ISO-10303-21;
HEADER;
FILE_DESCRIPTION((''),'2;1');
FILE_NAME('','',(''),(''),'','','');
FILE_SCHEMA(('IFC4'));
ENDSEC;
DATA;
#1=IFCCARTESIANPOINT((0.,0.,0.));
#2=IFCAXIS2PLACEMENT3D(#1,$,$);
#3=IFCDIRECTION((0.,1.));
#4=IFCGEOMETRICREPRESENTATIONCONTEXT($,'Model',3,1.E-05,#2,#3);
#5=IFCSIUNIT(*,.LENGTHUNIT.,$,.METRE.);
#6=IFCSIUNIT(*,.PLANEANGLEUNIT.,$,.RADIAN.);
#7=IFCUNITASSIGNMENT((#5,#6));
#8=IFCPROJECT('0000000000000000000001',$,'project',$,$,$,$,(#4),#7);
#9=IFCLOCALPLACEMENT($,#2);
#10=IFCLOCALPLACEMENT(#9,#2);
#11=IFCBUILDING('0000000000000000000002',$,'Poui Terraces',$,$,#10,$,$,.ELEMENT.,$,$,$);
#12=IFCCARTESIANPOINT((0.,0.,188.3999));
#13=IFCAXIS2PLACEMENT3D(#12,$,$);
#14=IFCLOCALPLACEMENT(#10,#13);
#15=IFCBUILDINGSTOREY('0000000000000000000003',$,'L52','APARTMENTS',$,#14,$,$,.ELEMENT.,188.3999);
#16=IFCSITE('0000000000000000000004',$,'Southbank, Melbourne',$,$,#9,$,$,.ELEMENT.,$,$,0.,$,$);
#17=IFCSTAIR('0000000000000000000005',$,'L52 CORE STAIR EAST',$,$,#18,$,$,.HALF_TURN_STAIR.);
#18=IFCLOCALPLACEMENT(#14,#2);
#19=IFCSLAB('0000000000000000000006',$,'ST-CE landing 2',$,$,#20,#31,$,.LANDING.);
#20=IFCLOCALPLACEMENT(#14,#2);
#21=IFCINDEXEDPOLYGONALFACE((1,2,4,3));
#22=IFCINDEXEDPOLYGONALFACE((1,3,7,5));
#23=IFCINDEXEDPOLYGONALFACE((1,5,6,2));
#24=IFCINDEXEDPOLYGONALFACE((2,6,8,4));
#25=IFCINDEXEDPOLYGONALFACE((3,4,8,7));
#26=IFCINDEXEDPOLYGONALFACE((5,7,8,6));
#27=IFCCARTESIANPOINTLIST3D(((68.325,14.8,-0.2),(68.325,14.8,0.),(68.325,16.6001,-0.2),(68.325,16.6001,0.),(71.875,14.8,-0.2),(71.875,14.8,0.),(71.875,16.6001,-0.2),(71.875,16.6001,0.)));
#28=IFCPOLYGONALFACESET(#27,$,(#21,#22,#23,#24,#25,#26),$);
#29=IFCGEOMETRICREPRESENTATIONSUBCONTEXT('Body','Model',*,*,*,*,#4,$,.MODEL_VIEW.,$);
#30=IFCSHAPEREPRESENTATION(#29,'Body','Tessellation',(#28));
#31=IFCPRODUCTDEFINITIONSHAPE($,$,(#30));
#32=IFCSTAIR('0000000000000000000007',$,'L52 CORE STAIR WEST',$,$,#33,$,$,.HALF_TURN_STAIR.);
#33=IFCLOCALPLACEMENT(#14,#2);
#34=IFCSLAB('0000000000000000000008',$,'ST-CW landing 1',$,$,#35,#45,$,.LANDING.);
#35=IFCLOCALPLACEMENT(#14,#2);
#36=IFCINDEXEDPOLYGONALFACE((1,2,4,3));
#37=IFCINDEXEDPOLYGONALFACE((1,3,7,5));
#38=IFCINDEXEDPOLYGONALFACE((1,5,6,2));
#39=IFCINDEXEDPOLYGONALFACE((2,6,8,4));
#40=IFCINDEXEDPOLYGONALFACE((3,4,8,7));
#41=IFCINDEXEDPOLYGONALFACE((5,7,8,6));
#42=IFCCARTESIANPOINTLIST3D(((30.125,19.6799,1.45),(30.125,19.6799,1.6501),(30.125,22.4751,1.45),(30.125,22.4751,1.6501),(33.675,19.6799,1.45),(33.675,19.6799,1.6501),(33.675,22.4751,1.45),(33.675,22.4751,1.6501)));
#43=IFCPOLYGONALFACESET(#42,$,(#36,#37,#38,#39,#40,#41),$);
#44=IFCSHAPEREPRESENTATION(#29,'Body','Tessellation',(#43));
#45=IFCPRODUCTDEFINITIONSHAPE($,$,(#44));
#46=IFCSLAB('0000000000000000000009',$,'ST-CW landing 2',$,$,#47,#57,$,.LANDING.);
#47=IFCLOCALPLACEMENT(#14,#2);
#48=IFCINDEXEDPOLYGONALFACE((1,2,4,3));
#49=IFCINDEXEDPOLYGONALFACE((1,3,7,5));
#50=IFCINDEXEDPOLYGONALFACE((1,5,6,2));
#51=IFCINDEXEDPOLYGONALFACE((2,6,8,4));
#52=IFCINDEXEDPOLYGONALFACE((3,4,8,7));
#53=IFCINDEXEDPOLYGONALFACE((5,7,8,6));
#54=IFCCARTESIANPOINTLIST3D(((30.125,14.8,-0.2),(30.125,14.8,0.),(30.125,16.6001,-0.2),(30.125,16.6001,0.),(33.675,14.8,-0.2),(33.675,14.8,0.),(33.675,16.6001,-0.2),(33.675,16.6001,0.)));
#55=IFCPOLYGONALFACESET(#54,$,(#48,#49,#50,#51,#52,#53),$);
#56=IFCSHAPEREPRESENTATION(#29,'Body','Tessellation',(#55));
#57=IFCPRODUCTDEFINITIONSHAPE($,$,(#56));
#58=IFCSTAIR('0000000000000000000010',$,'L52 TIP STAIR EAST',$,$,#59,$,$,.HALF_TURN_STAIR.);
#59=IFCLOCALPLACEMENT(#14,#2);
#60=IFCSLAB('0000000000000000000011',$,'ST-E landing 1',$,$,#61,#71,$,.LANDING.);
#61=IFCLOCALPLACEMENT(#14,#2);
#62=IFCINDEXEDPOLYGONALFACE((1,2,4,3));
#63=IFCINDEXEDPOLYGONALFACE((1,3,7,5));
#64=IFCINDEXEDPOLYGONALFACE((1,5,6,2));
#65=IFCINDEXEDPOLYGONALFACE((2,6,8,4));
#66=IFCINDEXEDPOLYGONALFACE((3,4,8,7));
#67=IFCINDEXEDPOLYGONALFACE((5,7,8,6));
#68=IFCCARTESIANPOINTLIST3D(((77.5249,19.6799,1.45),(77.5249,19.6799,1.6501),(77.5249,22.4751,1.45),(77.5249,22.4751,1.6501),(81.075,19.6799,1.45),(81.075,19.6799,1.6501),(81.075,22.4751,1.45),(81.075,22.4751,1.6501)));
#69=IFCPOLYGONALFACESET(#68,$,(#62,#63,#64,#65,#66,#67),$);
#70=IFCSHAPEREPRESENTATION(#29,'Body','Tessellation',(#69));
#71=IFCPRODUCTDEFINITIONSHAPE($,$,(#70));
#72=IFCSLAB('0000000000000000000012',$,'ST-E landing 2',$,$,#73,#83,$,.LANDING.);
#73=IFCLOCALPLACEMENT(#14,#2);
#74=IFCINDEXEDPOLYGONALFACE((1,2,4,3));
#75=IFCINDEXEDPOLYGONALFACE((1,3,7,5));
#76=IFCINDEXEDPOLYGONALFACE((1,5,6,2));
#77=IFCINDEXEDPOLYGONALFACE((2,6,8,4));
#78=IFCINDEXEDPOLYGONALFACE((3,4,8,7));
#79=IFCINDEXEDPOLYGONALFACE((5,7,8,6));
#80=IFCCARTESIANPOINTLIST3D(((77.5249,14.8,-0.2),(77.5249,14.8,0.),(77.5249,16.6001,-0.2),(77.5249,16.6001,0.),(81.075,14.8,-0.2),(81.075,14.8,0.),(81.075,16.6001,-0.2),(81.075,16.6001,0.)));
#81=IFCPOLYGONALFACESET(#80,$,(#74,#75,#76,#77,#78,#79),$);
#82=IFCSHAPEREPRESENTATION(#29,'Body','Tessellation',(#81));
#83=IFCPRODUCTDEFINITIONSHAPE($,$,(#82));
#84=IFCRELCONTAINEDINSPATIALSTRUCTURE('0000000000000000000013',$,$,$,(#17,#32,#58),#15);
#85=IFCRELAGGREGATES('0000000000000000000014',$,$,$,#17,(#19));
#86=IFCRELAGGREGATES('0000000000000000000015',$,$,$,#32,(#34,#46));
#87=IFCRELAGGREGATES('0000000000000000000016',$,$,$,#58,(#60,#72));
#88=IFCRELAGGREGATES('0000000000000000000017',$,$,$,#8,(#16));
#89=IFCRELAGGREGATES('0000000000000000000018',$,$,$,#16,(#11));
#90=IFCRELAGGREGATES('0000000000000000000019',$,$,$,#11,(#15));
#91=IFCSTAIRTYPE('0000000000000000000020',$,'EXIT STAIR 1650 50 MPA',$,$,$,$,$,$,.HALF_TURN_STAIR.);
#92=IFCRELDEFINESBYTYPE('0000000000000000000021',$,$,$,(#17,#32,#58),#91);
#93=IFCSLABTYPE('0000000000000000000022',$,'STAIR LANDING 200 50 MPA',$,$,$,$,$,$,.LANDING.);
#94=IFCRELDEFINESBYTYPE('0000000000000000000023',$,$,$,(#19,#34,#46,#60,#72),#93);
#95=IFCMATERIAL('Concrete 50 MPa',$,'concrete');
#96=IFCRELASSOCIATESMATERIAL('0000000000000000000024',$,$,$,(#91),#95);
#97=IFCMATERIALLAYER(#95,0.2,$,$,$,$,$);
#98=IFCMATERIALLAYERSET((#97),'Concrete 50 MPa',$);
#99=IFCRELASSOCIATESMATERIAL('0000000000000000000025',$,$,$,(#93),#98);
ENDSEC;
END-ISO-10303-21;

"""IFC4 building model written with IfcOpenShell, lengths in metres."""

from ifc_helpers import new_model, si_unit, direction, frame, origin, place, context, subcontext, project, spatial, polyline, outline, extrude, material, layer, layer_set, type_object, element, aggregate, save


model = new_model("IFC4")

# Units and contexts
model_context = context("Model", 3, precision=1e-05, world=origin(), true_north=direction((0.0, 1.0)))
body_context = subcontext(model_context, "Body", "Model", "MODEL_VIEW")
ifc_project = project(units=[si_unit("LENGTHUNIT", "METRE"), si_unit("PLANEANGLEUNIT", "RADIAN")], contexts=[model_context])

# Site, building, storey
site_placement = place(None, origin())
site = spatial("IfcSite", under=ifc_project, at=site_placement, Name="Southbank, Melbourne", CompositionType="ELEMENT", RefElevation=0.0)
building_placement = place(site_placement, origin())
building = spatial("IfcBuilding", under=site, at=building_placement, Name="Poui Terraces", CompositionType="ELEMENT")
storey_placement = place(building_placement, frame((0.0, 0.0, 188.3999)))
storey = spatial("IfcBuildingStorey", under=building, at=storey_placement, Name="L52", Description="APARTMENTS", CompositionType="ELEMENT", Elevation=188.3999)

# Stair, slab
ifc_material = material(Name="Concrete 50 MPa", Category="concrete")
stair_type = type_object("IfcStairType", Name="EXIT STAIR 1650 50 MPA", PredefinedType="HALF_TURN_STAIR", material=ifc_material)
stair_1_placement = place(storey_placement, origin())
stair_1 = element("IfcStair", 1, at=stair_1_placement, inside=storey, type_object=stair_type, Name="L52 CORE STAIR EAST", PredefinedType="HALF_TURN_STAIR")
ifc_layer = layer(ifc_material, 0.2)
ifc_layer_set = layer_set([ifc_layer], Name="Concrete 50 MPa")
slab_type = type_object("IfcSlabType", Name="STAIR LANDING 200 50 MPA", PredefinedType="LANDING", material=ifc_layer_set)
slab_1_placement = place(storey_placement, frame((0.0, 0.0, -0.2)))
slab_1 = element("IfcSlab", 2, at=slab_1_placement, type_object=slab_type, Name="ST-CE landing 2", PredefinedType="LANDING", context=body_context, shape_type="SweptSolid", body=[
    extrude(outline(polyline([(68.325, 14.8), (71.875, 14.8), (71.875, 16.6001), (68.325, 16.6001), (68.325, 14.8)])), origin(), (0.0, 0.0, 1.0), 0.2),
])
aggregate(stair_1, [slab_1])

# Stairs, slabs
stair_2_placement = place(storey_placement, origin())
stair_2 = element("IfcStair", 3, at=stair_2_placement, inside=storey, type_object=stair_type, Name="L52 CORE STAIR WEST", PredefinedType="HALF_TURN_STAIR")
slab_2_placement = place(storey_placement, frame((0.0, 0.0, 1.45)))
slab_2 = element("IfcSlab", 4, at=slab_2_placement, type_object=slab_type, Name="ST-CW landing 1", PredefinedType="LANDING", context=body_context, shape_type="SweptSolid", body=[
    extrude(outline(polyline([(30.125, 19.6799), (33.675, 19.6799), (33.675, 22.4751), (30.125, 22.4751), (30.125, 19.6799)])), origin(), (0.0, 0.0, 1.0), 0.2002),
])
slab_3_placement = place(storey_placement, frame((0.0, 0.0, -0.2)))
slab_3 = element("IfcSlab", 5, at=slab_3_placement, type_object=slab_type, Name="ST-CW landing 2", PredefinedType="LANDING", context=body_context, shape_type="SweptSolid", body=[
    extrude(outline(polyline([(30.125, 14.8), (33.675, 14.8), (33.675, 16.6001), (30.125, 16.6001), (30.125, 14.8)])), origin(), (0.0, 0.0, 1.0), 0.2),
])
aggregate(stair_2, [slab_2, slab_3])
stair_3_placement = place(storey_placement, origin())
stair_3 = element("IfcStair", 6, at=stair_3_placement, inside=storey, type_object=stair_type, Name="L52 TIP STAIR EAST", PredefinedType="HALF_TURN_STAIR")
slab_4_placement = place(storey_placement, frame((0.0, 0.0, 1.45)))
slab_4 = element("IfcSlab", 7, at=slab_4_placement, type_object=slab_type, Name="ST-E landing 1", PredefinedType="LANDING", context=body_context, shape_type="SweptSolid", body=[
    extrude(outline(polyline([(77.5249, 19.6799), (81.075, 19.6799), (81.075, 22.4751), (77.5249, 22.4751), (77.5249, 19.6799)])), origin(), (0.0, 0.0, 1.0), 0.2002),
])
slab_5_placement = place(storey_placement, frame((0.0, 0.0, -0.2)))
slab_5 = element("IfcSlab", 8, at=slab_5_placement, type_object=slab_type, Name="ST-E landing 2", PredefinedType="LANDING", context=body_context, shape_type="SweptSolid", body=[
    extrude(outline(polyline([(77.5249, 14.8), (81.075, 14.8), (81.075, 16.6001), (77.5249, 16.6001), (77.5249, 14.8)])), origin(), (0.0, 0.0, 1.0), 0.2),
])
aggregate(stair_3, [slab_4, slab_5])

save(model, "model.ifc")
